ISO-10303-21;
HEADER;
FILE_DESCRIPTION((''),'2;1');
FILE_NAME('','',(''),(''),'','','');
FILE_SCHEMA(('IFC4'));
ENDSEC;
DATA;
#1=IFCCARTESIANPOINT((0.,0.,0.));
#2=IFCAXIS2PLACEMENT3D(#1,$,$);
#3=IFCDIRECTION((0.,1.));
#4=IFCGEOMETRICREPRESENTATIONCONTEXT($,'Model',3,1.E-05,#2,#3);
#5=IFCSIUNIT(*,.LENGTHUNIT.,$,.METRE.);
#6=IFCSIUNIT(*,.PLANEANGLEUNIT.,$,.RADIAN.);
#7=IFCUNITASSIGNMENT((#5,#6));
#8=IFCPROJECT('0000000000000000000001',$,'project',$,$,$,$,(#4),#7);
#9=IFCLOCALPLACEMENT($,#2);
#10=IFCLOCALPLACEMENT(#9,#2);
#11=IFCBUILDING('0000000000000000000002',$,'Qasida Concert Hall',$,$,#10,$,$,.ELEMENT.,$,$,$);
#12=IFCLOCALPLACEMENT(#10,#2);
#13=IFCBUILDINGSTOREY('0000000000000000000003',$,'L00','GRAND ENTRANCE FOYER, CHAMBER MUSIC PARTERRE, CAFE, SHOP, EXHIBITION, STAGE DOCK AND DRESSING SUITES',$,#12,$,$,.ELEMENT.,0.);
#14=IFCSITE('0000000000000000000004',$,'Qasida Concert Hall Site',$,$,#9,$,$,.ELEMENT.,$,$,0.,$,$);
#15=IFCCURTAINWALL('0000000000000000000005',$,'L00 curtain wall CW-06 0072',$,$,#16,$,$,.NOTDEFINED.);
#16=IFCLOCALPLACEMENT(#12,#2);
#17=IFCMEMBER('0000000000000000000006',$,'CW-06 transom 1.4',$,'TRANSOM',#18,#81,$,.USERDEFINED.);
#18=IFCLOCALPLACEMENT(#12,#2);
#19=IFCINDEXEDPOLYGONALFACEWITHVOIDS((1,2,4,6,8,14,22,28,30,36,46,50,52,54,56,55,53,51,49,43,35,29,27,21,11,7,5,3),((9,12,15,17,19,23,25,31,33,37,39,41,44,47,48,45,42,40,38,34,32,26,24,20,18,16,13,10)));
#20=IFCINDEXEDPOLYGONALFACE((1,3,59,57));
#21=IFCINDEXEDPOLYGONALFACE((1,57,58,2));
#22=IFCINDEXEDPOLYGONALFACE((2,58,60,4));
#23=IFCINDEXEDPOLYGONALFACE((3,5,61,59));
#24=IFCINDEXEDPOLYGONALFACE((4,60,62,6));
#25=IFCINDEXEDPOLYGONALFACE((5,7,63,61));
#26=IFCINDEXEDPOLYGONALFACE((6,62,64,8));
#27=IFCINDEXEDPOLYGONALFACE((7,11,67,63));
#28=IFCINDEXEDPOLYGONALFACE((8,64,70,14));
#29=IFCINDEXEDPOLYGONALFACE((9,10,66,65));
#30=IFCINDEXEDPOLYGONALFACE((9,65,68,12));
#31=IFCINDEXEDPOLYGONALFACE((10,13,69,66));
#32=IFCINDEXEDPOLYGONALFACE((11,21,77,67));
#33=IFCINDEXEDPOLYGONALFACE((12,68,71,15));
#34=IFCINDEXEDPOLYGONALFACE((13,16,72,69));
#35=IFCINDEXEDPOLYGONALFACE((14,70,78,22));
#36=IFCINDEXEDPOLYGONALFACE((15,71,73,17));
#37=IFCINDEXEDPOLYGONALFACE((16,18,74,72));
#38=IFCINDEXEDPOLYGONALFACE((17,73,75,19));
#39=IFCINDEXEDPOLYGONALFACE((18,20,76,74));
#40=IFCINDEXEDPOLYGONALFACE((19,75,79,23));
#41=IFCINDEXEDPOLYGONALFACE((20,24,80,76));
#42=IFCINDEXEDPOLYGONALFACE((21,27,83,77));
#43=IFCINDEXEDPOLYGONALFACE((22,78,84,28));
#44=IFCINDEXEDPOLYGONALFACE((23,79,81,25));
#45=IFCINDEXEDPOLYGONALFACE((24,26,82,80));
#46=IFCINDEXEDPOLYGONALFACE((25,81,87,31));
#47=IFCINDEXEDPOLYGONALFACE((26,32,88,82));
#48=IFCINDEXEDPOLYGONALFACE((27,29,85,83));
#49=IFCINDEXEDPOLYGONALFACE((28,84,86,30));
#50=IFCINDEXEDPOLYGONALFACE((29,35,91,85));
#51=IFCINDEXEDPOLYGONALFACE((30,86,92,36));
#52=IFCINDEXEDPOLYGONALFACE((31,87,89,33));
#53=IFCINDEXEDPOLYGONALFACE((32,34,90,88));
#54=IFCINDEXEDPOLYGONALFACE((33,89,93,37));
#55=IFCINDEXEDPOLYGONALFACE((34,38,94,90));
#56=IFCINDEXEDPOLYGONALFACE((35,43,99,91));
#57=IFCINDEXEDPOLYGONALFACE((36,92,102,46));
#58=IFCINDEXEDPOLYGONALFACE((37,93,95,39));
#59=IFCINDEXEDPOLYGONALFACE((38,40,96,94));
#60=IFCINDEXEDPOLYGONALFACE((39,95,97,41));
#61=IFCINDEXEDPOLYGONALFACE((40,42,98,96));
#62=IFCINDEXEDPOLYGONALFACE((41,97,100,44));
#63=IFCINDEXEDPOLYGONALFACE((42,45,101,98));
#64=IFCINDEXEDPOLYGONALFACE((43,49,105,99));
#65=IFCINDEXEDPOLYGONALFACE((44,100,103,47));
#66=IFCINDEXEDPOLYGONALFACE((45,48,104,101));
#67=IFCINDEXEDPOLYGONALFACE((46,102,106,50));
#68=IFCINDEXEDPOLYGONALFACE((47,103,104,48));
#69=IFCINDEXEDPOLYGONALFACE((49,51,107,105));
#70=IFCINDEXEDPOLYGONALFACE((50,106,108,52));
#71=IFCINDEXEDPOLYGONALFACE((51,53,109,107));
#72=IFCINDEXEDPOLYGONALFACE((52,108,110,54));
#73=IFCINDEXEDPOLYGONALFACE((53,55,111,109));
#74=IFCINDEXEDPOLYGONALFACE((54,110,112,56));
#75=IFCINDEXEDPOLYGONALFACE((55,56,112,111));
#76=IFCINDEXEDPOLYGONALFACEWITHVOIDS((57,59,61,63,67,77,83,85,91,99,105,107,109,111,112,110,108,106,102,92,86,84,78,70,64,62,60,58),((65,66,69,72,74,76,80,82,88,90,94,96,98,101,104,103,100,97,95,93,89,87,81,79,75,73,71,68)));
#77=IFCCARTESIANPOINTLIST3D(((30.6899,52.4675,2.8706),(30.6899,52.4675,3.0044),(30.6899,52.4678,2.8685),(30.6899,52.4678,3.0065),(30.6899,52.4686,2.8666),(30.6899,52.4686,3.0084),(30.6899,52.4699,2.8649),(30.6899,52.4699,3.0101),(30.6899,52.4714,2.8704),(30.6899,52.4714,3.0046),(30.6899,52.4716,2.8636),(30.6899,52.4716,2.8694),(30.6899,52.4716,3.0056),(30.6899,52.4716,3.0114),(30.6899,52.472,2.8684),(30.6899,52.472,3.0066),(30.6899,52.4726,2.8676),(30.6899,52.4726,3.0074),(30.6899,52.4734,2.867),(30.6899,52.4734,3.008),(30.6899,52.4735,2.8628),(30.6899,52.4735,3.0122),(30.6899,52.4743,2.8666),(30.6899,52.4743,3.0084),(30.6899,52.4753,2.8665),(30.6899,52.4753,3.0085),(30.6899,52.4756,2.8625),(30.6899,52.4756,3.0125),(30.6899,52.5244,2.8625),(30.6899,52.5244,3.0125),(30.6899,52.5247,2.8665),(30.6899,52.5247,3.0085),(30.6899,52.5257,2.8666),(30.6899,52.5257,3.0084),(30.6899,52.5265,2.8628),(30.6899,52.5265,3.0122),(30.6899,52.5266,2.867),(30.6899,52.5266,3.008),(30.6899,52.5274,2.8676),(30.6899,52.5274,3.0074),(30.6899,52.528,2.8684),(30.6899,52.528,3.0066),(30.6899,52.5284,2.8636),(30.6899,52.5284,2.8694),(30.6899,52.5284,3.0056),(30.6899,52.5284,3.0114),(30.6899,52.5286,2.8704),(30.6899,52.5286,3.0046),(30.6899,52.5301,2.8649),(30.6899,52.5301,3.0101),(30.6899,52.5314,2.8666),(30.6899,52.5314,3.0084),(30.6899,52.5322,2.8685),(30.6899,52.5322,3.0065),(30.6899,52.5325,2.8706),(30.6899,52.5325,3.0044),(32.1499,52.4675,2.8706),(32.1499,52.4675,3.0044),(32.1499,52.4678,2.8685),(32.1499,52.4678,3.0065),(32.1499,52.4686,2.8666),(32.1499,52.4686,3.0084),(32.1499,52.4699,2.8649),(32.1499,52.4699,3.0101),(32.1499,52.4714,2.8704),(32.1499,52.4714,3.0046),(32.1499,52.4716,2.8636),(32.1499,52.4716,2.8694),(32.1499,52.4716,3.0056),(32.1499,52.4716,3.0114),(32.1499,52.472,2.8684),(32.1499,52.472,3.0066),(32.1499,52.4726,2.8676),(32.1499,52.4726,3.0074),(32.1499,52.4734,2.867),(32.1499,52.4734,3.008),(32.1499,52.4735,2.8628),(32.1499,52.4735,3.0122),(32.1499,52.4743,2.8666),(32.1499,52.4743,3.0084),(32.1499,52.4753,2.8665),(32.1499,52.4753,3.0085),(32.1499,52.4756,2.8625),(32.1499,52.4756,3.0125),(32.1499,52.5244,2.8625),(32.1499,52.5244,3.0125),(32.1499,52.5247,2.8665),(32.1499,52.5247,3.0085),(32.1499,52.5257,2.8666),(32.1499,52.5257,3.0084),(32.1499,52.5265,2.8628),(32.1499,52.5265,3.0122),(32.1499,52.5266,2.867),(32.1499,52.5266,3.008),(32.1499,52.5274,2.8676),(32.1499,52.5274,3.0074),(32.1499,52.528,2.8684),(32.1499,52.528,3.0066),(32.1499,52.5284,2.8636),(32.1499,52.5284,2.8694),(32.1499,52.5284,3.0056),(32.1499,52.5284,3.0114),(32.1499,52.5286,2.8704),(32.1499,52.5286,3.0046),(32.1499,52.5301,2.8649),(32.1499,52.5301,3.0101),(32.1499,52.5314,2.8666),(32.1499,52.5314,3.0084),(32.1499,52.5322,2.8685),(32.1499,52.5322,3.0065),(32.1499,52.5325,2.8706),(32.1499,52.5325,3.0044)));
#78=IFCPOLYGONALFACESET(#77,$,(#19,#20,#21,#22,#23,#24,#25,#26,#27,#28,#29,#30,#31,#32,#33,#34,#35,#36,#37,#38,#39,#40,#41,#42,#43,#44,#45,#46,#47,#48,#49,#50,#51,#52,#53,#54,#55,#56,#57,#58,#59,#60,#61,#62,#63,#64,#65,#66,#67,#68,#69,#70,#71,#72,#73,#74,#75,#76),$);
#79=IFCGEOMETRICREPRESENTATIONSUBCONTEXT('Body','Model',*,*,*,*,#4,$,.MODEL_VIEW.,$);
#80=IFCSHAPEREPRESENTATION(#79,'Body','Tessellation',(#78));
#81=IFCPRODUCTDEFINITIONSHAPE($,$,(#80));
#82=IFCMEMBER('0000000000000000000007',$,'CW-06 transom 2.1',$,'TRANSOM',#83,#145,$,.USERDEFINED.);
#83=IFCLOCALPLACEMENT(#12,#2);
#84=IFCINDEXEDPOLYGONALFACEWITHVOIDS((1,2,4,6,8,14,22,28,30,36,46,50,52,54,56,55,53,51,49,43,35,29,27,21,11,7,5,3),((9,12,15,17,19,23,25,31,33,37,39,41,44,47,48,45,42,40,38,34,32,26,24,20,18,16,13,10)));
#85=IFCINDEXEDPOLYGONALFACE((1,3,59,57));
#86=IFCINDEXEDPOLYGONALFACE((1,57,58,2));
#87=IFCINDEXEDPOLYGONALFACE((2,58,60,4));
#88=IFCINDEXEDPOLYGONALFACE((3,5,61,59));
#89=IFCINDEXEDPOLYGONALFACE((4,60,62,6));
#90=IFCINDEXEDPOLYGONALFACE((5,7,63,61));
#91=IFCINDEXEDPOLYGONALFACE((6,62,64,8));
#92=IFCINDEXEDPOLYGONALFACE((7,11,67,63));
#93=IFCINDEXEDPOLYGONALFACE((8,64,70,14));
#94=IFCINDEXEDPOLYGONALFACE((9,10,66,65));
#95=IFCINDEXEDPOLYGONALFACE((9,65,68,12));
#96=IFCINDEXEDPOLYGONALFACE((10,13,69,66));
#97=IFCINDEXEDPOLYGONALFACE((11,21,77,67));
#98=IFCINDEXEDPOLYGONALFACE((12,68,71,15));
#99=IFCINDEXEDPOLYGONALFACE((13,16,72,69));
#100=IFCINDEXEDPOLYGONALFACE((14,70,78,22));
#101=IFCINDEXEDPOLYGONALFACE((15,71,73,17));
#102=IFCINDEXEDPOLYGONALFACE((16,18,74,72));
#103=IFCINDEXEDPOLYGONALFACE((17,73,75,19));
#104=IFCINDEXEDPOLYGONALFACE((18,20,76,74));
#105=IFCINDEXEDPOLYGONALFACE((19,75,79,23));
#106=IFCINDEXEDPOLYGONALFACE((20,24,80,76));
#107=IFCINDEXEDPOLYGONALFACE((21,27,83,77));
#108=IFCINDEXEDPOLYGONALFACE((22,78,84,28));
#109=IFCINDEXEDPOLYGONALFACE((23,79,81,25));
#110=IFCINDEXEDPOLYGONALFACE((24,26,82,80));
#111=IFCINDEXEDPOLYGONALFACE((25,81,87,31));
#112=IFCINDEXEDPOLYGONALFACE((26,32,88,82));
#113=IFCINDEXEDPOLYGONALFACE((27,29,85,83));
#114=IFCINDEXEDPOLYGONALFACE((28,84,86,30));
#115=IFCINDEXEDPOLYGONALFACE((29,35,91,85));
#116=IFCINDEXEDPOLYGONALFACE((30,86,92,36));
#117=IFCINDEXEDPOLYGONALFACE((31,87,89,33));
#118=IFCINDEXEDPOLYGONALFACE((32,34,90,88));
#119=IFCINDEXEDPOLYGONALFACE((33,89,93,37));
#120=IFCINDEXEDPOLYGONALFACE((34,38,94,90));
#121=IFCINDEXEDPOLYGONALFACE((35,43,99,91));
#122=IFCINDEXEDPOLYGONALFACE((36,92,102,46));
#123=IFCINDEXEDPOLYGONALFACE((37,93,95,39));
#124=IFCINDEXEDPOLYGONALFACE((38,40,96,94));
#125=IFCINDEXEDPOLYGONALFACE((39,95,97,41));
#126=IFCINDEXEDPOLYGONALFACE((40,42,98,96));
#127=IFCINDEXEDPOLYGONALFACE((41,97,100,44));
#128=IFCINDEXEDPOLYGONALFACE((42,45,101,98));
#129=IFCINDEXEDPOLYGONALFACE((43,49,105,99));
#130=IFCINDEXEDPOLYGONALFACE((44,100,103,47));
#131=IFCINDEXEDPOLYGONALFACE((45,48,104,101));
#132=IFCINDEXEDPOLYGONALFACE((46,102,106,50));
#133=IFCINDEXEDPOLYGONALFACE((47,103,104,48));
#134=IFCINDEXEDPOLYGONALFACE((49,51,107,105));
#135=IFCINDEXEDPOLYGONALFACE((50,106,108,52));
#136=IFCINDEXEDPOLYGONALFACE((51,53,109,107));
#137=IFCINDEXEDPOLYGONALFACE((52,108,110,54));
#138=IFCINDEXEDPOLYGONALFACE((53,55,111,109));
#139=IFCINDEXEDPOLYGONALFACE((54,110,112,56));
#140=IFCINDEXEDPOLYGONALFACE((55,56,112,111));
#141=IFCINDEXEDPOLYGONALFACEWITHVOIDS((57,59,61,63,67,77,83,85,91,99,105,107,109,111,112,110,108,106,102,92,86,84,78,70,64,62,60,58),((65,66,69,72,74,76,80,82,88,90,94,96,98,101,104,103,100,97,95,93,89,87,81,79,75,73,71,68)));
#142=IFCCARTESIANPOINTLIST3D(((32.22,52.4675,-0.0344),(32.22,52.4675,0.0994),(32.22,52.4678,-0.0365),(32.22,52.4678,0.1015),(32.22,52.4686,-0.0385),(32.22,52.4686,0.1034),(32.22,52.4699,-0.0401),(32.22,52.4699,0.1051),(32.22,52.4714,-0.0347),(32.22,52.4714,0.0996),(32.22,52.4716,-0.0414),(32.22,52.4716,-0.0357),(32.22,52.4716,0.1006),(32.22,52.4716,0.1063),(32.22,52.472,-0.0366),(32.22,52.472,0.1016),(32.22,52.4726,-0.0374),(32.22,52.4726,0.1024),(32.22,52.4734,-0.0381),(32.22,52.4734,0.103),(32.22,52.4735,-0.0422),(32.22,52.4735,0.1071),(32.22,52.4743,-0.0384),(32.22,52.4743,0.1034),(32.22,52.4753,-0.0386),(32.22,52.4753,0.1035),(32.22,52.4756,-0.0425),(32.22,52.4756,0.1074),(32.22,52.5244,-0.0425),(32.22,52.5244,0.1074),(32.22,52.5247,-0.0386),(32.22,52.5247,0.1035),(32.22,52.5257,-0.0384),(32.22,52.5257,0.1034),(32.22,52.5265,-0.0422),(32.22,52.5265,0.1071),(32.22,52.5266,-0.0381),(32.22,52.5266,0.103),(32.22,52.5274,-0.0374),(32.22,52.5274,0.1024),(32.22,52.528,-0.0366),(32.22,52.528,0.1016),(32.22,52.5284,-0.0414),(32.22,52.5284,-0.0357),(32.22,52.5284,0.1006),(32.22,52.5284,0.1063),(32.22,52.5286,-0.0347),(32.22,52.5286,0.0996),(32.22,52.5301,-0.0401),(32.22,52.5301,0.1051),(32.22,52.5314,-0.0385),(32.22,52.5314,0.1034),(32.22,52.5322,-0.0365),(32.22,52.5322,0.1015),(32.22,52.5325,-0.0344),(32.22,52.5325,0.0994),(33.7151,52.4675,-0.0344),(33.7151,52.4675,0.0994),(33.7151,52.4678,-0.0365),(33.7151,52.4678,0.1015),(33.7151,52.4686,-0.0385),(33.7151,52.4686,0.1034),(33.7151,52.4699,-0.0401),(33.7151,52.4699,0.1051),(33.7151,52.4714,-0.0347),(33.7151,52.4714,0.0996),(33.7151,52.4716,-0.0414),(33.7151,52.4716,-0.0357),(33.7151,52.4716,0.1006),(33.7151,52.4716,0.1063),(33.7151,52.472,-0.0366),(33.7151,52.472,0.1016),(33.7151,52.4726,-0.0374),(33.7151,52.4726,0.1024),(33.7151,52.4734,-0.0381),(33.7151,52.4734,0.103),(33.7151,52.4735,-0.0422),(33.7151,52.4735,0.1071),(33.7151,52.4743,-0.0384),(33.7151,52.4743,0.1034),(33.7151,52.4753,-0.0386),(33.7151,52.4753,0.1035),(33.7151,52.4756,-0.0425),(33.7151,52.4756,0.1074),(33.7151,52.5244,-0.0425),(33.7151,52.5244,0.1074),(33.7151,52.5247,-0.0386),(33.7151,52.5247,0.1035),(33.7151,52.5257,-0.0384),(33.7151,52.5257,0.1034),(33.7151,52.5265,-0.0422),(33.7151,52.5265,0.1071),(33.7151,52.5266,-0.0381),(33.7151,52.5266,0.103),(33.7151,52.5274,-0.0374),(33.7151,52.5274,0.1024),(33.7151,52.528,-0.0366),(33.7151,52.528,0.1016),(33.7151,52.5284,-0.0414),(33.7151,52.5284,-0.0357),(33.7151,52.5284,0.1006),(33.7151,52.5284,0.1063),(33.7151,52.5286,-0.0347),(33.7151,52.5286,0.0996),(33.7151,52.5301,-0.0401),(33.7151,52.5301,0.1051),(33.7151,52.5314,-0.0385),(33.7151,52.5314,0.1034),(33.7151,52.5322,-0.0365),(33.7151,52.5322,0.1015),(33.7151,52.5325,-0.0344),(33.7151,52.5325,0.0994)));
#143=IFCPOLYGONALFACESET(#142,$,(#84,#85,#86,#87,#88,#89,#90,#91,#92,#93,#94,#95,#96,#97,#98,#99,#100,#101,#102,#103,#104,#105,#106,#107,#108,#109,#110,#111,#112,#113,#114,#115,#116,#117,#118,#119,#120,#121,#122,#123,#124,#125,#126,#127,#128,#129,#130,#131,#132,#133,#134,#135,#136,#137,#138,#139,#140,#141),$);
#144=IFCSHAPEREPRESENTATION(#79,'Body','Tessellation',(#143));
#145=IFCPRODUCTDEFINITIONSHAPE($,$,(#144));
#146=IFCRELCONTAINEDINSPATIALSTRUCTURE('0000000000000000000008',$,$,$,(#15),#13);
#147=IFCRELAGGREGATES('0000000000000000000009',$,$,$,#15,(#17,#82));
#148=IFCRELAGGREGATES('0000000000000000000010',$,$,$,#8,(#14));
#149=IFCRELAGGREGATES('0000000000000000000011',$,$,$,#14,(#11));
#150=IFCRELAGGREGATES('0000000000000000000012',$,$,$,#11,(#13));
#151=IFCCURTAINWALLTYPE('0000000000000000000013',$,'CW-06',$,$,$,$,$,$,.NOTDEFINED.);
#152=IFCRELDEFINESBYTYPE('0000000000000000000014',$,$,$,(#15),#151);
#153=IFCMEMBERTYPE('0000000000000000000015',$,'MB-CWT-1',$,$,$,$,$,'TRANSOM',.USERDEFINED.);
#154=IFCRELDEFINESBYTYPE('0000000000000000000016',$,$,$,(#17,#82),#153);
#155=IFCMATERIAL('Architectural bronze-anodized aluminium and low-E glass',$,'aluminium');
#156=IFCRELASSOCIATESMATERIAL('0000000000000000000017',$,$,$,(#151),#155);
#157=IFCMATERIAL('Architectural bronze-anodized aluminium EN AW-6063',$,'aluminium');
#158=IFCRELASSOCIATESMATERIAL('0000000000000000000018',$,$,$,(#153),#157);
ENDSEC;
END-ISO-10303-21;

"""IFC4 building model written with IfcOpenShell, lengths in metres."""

from ifc_helpers import new_model, si_unit, direction, frame, origin, origin_2d, place, context, subcontext, project, spatial, hollow_rectangle, extrude, material, material_profile, profile_set, type_object, element, aggregate, save


model = new_model("IFC4")

# Units and contexts
model_context = context("Model", 3, precision=1e-05, world=origin(), true_north=direction((0.0, 1.0)))
body_context = subcontext(model_context, "Body", "Model", "MODEL_VIEW")
ifc_project = project(units=[si_unit("LENGTHUNIT", "METRE"), si_unit("PLANEANGLEUNIT", "RADIAN")], contexts=[model_context])

# Site, building, storey
site_placement = place(None, origin())
site = spatial("IfcSite", under=ifc_project, at=site_placement, Name="Qasida Concert Hall Site", CompositionType="ELEMENT", RefElevation=0.0)
building_placement = place(site_placement, origin())
building = spatial("IfcBuilding", under=site, at=building_placement, Name="Qasida Concert Hall", CompositionType="ELEMENT")
storey_placement = place(building_placement, origin())
storey = spatial("IfcBuildingStorey", under=building, at=storey_placement, Name="L00", Description="GRAND ENTRANCE FOYER, CHAMBER MUSIC PARTERRE, CAFE, SHOP, EXHIBITION, STAGE DOCK AND DRESSING SUITES", CompositionType="ELEMENT", Elevation=0.0)

# Curtain wall
ifc_material_1 = material(Name="Architectural bronze-anodized aluminium and low-E glass", Category="aluminium")
curtain_wall_type = type_object("IfcCurtainWallType", Name="CW-06", PredefinedType="NOTDEFINED", material=ifc_material_1)
curtain_wall_1_placement = place(storey_placement, origin())
curtain_wall_1 = element("IfcCurtainWall", 1, at=curtain_wall_1_placement, inside=storey, type_object=curtain_wall_type, Name="L00 curtain wall CW-06 0072", PredefinedType="NOTDEFINED")
ifc_material_2 = material(Name="Architectural bronze-anodized aluminium EN AW-6063", Category="aluminium")

# Members
ifc_material_profile_1 = material_profile(ifc_material_2, hollow_rectangle(XDim=0.0649, YDim=0.1499, WallThickness=0.0039, InnerFilletRadius=0.0039, OuterFilletRadius=0.0081, at=origin_2d()), Name="CWT 150x65x4")
ifc_profile_set_1 = profile_set([ifc_material_profile_1], Name="Architectural bronze-anodized aluminium EN AW-6063")
member_type_1 = type_object("IfcMemberType", Name="MB-CWT-1", ElementType="TRANSOM", PredefinedType="USERDEFINED", material=ifc_profile_set_1)
member_1_placement = place(storey_placement, frame((30.6899, 52.5, 2.9375), z_axis=(1.0, 0.0, 0.0), x_axis=(0.0, 1.0, 0.0)))
member_1 = element("IfcMember", 2, at=member_1_placement, type_object=member_type_1, Name="CW-06 transom 1.4", ObjectType="TRANSOM", PredefinedType="USERDEFINED", context=body_context, shape_type="SweptSolid", body=[
    extrude(hollow_rectangle(XDim=0.0649, YDim=0.1499, WallThickness=0.0039, InnerFilletRadius=0.0039, OuterFilletRadius=0.0081, at=origin_2d()), origin(), (0.0, 0.0, 1.0), 1.46),
])
member_2_placement = place(storey_placement, frame((32.22, 52.5, 0.0325), z_axis=(1.0, 0.0, 0.0), x_axis=(0.0, 1.0, 0.0)))
member_2 = element("IfcMember", 3, at=member_2_placement, type_object=member_type_1, Name="CW-06 transom 2.1", ObjectType="TRANSOM", PredefinedType="USERDEFINED", context=body_context, shape_type="SweptSolid", body=[
    extrude(hollow_rectangle(XDim=0.0649, YDim=0.1499, WallThickness=0.0039, InnerFilletRadius=0.0039, OuterFilletRadius=0.0081, at=origin_2d()), origin(), (0.0, 0.0, 1.0), 1.4951),
])

aggregate(curtain_wall_1, [member_1, member_2])

save(model, "model.ifc")
